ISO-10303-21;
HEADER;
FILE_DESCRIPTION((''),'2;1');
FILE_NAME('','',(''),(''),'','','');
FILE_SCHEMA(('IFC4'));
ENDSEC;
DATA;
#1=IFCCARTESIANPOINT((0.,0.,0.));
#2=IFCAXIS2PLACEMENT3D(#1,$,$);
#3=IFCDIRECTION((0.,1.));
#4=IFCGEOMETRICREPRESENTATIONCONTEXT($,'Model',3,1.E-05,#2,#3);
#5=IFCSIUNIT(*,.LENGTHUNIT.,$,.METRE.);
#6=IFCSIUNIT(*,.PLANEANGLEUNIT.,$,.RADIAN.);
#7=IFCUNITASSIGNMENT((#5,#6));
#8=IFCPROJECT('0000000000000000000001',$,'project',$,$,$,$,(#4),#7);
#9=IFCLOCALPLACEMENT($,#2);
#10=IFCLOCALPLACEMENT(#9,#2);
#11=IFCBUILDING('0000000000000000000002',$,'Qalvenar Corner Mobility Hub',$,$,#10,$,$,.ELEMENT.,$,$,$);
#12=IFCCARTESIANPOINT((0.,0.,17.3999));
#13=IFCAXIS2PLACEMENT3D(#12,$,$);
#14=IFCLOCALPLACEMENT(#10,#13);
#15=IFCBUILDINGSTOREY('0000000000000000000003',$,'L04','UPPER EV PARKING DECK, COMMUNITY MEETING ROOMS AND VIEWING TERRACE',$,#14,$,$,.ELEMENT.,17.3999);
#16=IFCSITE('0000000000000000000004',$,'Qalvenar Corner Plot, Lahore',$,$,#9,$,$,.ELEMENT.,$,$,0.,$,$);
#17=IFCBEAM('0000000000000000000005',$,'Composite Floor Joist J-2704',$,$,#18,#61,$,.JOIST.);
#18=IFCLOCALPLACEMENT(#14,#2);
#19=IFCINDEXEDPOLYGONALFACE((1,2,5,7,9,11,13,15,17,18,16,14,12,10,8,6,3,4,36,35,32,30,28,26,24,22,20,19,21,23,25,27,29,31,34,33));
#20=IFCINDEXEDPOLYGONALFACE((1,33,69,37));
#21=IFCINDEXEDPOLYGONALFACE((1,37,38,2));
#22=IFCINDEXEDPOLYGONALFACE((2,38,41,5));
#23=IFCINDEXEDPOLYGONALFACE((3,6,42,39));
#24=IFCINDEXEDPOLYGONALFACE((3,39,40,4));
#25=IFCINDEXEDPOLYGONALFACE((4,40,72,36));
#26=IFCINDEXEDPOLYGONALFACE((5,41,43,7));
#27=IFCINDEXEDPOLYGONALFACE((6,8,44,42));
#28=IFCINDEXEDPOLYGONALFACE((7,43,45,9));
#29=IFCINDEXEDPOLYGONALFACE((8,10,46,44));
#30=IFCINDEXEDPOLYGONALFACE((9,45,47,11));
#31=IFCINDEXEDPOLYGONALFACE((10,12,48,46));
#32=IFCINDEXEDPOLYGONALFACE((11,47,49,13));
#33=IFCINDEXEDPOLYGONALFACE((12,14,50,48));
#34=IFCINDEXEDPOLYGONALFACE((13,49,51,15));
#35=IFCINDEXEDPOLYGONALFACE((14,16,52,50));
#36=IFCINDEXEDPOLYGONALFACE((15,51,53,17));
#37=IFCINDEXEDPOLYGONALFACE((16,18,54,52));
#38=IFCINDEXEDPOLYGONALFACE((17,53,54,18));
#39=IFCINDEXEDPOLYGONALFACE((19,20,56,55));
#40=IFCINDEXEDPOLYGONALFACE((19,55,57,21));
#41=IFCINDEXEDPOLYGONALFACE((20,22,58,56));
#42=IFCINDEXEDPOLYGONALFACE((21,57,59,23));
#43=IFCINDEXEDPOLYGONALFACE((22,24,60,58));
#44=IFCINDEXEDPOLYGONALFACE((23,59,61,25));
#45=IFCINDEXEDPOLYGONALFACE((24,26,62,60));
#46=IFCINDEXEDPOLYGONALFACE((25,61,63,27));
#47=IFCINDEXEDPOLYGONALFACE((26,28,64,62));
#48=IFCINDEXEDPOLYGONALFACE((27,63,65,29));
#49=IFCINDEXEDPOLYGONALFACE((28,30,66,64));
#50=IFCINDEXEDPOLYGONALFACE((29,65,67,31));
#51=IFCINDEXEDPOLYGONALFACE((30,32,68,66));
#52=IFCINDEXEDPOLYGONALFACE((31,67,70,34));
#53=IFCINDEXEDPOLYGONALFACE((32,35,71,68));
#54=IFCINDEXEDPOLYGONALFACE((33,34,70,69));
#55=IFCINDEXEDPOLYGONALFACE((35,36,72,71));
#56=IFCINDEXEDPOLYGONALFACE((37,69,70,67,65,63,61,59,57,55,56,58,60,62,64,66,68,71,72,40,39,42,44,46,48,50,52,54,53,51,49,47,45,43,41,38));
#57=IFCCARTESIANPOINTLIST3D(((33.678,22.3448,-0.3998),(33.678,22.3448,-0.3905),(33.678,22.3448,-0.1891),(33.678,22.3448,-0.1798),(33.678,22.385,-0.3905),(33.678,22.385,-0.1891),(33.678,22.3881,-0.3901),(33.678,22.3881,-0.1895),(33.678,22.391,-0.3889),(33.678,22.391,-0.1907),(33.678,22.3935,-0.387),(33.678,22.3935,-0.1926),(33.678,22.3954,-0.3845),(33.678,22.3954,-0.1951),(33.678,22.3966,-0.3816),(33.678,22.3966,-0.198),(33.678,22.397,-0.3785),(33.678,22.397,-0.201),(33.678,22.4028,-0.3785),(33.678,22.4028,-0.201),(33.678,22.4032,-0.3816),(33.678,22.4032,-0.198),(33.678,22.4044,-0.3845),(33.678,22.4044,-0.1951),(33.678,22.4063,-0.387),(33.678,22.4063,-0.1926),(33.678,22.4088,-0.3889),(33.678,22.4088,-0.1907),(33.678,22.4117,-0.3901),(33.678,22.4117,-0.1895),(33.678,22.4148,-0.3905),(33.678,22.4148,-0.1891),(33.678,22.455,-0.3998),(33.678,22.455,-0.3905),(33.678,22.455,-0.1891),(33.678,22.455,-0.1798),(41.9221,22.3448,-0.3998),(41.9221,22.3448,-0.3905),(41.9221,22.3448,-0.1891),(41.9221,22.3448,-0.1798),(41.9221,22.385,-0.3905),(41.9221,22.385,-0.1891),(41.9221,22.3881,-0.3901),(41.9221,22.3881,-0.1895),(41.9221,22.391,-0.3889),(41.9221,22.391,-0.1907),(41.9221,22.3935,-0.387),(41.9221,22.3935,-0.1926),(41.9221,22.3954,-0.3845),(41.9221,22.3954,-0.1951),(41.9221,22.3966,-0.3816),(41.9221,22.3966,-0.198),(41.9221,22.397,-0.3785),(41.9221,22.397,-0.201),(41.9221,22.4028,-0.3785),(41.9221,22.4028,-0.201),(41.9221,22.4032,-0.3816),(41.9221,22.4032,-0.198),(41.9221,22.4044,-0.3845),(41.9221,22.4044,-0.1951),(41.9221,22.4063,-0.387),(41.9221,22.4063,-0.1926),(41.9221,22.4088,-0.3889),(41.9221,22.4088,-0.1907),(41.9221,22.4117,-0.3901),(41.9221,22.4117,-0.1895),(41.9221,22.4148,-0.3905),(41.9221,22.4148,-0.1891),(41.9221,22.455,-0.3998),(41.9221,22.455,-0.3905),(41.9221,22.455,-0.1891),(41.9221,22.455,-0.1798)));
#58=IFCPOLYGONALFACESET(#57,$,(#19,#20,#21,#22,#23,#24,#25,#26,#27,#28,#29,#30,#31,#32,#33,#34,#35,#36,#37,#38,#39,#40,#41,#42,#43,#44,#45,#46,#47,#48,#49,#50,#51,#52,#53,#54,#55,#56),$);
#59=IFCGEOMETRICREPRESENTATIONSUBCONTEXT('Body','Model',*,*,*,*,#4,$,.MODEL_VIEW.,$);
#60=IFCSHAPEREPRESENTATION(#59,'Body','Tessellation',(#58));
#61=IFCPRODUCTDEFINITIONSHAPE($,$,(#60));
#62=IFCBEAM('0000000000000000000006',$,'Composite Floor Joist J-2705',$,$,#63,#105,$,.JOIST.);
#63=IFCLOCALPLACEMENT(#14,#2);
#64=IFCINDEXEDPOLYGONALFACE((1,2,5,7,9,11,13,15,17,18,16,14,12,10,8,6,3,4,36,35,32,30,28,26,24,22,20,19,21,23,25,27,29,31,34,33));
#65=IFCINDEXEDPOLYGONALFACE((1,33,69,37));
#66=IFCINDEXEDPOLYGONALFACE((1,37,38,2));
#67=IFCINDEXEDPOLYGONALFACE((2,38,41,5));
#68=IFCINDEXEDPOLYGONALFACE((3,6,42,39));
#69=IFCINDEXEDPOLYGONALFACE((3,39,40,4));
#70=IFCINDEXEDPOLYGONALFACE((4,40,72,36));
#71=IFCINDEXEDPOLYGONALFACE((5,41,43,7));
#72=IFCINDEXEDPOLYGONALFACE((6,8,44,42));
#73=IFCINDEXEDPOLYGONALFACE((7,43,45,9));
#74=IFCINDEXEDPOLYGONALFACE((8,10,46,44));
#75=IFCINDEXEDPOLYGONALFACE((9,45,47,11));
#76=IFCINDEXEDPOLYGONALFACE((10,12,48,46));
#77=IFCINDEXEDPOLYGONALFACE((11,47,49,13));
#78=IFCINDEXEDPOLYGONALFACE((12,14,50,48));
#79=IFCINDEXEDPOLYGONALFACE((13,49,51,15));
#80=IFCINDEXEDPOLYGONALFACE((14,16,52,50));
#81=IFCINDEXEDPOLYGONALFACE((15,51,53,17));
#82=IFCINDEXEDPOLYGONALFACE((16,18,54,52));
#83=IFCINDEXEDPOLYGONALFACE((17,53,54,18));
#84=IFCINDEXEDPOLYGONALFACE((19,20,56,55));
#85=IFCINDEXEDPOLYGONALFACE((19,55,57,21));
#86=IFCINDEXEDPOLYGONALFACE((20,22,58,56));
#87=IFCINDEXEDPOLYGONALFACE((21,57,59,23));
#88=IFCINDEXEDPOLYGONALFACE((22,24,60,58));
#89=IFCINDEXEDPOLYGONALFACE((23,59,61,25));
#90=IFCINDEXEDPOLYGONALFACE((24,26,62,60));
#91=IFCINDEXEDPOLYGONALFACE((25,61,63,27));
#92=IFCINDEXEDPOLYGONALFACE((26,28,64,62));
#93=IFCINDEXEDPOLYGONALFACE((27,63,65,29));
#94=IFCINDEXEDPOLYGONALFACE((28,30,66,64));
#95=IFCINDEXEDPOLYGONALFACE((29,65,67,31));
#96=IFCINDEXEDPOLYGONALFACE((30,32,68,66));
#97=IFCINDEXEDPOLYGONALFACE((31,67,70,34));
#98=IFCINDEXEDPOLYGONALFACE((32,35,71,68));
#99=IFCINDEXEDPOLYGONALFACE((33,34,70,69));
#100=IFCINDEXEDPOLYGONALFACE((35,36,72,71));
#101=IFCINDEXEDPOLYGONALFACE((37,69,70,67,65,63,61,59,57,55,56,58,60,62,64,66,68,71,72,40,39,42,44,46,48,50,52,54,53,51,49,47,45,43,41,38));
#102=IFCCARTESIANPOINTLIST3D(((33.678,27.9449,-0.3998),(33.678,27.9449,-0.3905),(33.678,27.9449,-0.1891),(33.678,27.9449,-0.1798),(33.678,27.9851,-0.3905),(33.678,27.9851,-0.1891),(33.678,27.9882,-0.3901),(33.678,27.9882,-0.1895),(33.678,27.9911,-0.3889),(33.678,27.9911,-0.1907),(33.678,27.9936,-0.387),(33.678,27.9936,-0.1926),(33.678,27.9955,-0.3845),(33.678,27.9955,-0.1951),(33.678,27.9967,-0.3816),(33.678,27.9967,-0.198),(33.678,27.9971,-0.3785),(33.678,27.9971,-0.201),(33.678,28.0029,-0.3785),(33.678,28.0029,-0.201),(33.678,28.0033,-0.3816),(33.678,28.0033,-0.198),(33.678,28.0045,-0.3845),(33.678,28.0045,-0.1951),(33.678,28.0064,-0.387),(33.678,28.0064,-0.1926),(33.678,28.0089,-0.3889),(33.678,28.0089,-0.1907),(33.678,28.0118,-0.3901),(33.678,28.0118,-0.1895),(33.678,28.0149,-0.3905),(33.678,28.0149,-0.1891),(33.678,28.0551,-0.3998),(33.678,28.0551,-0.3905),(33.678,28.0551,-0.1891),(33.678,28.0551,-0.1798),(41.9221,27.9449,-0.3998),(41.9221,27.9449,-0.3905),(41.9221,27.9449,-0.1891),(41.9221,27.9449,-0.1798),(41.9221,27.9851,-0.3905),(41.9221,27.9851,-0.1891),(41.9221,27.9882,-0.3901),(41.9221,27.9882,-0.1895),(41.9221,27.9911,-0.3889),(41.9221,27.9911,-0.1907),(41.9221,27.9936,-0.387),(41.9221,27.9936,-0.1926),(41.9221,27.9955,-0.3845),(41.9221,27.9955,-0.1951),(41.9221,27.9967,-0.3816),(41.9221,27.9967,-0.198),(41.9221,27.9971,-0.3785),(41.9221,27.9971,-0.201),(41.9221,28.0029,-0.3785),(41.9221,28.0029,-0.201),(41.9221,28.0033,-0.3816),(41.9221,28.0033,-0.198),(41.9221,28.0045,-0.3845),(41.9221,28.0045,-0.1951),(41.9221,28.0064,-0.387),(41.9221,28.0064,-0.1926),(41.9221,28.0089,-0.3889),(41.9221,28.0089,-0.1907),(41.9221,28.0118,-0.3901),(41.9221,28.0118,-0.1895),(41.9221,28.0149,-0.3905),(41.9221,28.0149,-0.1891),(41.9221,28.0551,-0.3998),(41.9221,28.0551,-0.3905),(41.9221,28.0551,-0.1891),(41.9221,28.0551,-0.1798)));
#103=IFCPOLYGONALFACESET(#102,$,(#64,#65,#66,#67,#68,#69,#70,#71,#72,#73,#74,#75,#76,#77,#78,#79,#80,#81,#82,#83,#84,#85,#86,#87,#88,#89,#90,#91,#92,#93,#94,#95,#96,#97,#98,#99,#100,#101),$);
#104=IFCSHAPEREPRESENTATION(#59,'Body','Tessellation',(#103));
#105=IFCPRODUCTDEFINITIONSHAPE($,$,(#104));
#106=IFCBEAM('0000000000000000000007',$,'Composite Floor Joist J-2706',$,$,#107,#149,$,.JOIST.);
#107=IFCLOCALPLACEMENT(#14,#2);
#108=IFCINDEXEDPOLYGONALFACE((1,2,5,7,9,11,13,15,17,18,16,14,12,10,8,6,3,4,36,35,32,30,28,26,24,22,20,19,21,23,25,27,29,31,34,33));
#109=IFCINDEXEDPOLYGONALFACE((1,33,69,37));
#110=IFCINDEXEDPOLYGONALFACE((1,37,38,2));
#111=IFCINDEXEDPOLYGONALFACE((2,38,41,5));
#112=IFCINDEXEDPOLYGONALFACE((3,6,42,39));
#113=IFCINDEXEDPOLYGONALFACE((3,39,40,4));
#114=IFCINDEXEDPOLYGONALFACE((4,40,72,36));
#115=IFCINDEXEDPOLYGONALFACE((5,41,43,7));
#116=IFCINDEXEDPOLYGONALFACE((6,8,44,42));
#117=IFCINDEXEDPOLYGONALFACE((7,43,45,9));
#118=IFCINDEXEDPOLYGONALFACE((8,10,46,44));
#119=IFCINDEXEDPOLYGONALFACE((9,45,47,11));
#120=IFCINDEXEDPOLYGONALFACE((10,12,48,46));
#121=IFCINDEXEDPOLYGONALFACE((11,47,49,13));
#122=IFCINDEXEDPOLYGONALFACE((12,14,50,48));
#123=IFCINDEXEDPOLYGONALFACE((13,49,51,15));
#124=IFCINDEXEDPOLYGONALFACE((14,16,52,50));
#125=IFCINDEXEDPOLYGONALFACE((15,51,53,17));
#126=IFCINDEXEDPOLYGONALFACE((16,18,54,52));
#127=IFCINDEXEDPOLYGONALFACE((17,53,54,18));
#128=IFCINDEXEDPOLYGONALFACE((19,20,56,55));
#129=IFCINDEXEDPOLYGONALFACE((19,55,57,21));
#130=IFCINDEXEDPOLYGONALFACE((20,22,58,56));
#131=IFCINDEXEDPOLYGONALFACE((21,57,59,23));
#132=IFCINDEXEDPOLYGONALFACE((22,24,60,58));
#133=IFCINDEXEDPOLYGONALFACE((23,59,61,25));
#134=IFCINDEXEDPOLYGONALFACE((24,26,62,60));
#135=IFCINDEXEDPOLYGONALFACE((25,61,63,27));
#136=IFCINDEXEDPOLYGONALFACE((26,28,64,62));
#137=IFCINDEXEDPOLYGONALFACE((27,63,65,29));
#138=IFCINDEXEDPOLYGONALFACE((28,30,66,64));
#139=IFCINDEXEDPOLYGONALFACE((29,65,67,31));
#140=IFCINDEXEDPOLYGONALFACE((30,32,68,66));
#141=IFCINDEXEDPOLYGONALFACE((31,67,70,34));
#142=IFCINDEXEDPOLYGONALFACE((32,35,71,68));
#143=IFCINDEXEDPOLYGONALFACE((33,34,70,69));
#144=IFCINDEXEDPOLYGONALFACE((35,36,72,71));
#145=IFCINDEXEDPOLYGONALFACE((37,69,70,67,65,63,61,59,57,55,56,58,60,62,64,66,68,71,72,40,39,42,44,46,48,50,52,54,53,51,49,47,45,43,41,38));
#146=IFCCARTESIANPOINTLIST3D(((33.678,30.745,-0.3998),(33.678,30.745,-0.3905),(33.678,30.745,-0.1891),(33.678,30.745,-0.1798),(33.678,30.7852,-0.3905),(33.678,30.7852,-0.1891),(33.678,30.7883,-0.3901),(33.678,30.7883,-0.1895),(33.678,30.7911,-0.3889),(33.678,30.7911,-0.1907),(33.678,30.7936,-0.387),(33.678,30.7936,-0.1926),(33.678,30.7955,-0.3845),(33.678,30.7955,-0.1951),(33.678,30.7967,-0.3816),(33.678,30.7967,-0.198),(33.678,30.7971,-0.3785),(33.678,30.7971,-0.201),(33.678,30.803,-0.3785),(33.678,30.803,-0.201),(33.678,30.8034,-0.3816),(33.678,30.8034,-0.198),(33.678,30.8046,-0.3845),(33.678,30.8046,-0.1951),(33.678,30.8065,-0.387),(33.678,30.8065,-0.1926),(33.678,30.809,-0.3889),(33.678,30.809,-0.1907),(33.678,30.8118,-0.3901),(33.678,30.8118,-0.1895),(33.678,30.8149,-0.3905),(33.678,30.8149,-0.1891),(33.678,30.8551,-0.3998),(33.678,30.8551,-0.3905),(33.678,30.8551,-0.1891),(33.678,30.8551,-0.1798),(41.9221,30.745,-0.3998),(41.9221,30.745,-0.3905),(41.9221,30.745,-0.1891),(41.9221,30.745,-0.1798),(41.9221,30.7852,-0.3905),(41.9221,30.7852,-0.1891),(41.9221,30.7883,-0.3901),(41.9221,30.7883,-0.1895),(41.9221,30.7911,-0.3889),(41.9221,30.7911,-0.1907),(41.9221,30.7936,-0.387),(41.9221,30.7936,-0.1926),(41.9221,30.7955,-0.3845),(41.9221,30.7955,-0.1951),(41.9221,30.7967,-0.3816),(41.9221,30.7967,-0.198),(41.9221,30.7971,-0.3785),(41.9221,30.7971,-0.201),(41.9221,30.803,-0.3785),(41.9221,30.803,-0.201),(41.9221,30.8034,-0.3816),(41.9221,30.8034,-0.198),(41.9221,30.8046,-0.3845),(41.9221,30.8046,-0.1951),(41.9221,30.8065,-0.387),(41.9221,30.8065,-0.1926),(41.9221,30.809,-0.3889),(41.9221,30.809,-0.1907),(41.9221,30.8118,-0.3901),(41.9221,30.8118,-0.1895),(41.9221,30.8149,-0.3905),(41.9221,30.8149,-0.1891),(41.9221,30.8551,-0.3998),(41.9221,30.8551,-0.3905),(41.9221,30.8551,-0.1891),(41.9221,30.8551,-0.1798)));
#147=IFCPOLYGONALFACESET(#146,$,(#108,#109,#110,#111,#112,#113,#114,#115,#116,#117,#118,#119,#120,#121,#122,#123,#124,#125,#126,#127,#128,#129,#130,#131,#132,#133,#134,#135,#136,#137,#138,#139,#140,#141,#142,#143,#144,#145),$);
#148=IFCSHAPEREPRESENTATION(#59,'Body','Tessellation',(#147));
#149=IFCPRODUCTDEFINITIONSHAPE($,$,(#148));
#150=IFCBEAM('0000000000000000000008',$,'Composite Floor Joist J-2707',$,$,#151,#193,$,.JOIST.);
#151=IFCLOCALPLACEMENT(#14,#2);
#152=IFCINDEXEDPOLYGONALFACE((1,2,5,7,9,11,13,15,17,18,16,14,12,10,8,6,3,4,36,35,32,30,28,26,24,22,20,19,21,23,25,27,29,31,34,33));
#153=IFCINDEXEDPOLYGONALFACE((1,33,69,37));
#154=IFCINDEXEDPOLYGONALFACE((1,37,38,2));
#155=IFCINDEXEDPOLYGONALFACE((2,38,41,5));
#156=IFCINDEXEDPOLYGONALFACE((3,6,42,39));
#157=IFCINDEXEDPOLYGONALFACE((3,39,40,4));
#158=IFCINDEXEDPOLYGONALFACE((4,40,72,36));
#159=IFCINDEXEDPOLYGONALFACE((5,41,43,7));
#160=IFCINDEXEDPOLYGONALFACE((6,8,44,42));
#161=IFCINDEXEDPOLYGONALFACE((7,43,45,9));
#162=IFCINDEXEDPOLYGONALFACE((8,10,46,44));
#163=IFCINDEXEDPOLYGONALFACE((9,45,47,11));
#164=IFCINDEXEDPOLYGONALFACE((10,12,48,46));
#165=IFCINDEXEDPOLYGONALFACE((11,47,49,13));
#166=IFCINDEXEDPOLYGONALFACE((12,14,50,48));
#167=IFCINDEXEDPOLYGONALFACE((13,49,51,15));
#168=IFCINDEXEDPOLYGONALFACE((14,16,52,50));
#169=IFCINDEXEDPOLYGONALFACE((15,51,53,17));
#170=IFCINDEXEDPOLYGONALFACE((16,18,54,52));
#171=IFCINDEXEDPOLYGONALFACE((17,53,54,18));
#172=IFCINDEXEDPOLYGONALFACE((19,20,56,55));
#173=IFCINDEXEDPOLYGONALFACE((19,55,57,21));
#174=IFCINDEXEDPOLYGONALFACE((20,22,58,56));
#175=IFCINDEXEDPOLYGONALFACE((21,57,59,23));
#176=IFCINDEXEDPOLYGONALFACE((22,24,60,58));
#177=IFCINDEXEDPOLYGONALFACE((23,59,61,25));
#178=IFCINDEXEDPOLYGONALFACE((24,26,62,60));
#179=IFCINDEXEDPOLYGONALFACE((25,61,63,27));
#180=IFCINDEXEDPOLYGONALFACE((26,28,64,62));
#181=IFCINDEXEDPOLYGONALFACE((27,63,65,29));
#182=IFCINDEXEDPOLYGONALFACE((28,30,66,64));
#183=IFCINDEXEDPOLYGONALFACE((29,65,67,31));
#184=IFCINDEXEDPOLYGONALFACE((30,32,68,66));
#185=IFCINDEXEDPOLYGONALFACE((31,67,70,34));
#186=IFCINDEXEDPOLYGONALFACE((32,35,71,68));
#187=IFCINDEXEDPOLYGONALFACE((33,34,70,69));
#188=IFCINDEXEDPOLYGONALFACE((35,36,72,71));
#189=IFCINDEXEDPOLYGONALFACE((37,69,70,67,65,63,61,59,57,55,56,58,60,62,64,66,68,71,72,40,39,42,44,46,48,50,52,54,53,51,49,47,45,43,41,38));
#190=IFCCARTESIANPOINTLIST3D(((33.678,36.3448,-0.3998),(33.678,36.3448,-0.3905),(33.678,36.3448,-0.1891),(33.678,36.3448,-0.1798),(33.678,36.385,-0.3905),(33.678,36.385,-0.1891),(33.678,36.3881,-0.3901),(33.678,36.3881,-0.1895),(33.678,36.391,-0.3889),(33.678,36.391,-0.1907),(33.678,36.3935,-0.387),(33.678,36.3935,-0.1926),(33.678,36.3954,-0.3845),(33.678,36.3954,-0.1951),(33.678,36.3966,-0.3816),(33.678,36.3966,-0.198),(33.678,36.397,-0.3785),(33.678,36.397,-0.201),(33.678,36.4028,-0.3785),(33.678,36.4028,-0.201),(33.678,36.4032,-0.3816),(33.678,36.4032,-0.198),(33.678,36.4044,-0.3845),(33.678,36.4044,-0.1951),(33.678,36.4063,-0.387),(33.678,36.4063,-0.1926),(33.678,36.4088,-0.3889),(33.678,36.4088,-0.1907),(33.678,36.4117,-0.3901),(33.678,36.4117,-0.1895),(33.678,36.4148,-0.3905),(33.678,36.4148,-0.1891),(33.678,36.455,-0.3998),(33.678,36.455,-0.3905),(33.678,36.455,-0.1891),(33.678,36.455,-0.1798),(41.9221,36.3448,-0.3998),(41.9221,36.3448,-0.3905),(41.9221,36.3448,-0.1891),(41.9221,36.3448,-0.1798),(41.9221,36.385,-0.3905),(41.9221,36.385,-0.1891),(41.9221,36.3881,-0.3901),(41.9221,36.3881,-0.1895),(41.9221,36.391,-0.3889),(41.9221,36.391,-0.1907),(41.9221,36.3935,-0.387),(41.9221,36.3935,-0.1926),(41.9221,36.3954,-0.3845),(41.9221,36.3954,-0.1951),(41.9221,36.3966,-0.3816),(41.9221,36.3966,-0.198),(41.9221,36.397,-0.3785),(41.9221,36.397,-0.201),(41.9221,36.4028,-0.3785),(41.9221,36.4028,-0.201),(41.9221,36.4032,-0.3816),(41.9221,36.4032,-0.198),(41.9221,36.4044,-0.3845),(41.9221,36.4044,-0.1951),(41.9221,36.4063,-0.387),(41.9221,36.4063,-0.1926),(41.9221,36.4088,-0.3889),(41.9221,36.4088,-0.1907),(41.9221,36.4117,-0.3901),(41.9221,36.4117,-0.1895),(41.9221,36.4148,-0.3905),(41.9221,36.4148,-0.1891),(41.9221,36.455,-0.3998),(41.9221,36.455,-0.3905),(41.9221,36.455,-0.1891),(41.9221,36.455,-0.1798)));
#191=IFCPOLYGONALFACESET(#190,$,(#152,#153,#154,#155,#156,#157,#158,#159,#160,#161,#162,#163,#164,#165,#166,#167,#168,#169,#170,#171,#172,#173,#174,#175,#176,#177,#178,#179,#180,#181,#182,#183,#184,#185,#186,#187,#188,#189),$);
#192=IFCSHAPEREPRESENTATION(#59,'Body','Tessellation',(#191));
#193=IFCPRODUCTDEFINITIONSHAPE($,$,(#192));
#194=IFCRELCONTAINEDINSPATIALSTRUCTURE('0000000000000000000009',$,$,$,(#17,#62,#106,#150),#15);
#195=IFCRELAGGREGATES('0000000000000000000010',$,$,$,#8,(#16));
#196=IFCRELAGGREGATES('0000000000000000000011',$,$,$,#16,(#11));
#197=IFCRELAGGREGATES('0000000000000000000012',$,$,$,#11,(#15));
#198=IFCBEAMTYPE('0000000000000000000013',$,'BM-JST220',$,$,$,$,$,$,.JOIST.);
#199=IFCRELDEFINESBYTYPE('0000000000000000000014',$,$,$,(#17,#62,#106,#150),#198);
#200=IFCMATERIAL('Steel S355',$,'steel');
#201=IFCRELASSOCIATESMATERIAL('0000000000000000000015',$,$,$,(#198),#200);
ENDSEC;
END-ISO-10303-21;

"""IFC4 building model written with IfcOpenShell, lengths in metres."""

from ifc_helpers import new_model, si_unit, direction, frame, origin, origin_2d, place, context, subcontext, project, spatial, i_section, extrude, material, material_profile, profile_set, type_object, element, save


model = new_model("IFC4")

# Units and contexts
model_context = context("Model", 3, precision=1e-05, world=origin(), true_north=direction((0.0, 1.0)))
body_context = subcontext(model_context, "Body", "Model", "MODEL_VIEW")
ifc_project = project(units=[si_unit("LENGTHUNIT", "METRE"), si_unit("PLANEANGLEUNIT", "RADIAN")], contexts=[model_context])

# Site, building, storey
site_placement = place(None, origin())
site = spatial("IfcSite", under=ifc_project, at=site_placement, Name="Qalvenar Corner Plot, Lahore", CompositionType="ELEMENT", RefElevation=0.0)
building_placement = place(site_placement, origin())
building = spatial("IfcBuilding", under=site, at=building_placement, Name="Qalvenar Corner Mobility Hub", CompositionType="ELEMENT")
storey_placement = place(building_placement, frame((0.0, 0.0, 17.3999)))
storey = spatial("IfcBuildingStorey", under=building, at=storey_placement, Name="L04", Description="UPPER EV PARKING DECK, COMMUNITY MEETING ROOMS AND VIEWING TERRACE", CompositionType="ELEMENT", Elevation=17.3999)

# Shared definitions
ifc_material_1 = material(Name="Steel S355", Category="steel")

# Beams
ifc_material_profile_1 = material_profile(ifc_material_1, i_section(OverallWidth=0.1101, OverallDepth=0.22, WebThickness=0.0059, FlangeThickness=0.0093, FilletRadius=0.012, at=origin_2d()), Name="IPE220")
ifc_profile_set_1 = profile_set([ifc_material_profile_1], Name="Steel S355")
beam_type_1 = type_object("IfcBeamType", Name="BM-JST220", PredefinedType="JOIST", material=ifc_profile_set_1)
for number, where, z_axis, x_axis, name in (
    (1, (33.678, 22.3999, -0.2898), (1.0, 0.0, 0.0), (0.0, 1.0, 0.0), "Composite Floor Joist J-2704"),
    (2, (33.678, 28.0, -0.2898), (1.0, 0.0, 0.0), (0.0, 1.0, 0.0), "Composite Floor Joist J-2705"),
    (3, (33.678, 30.8, -0.2898), (1.0, 0.0, 0.0), (0.0, 1.0, 0.0), "Composite Floor Joist J-2706"),
    (4, (33.678, 36.3999, -0.2898), (1.0, 0.0, 0.0), (0.0, 1.0, 0.0), "Composite Floor Joist J-2707"),
):
    element("IfcBeam", number, at=place(storey_placement, frame(where, z_axis=z_axis, x_axis=x_axis)), inside=storey, type_object=beam_type_1, Name=name, PredefinedType="JOIST", context=body_context, shape_type="SweptSolid", body=[
        extrude(i_section(OverallWidth=0.1101, OverallDepth=0.22, WebThickness=0.0059, FlangeThickness=0.0093, FilletRadius=0.012, at=origin_2d()), origin(), (0.0, 0.0, 1.0), 8.2441),
    ])

save(model, "model.ifc")
